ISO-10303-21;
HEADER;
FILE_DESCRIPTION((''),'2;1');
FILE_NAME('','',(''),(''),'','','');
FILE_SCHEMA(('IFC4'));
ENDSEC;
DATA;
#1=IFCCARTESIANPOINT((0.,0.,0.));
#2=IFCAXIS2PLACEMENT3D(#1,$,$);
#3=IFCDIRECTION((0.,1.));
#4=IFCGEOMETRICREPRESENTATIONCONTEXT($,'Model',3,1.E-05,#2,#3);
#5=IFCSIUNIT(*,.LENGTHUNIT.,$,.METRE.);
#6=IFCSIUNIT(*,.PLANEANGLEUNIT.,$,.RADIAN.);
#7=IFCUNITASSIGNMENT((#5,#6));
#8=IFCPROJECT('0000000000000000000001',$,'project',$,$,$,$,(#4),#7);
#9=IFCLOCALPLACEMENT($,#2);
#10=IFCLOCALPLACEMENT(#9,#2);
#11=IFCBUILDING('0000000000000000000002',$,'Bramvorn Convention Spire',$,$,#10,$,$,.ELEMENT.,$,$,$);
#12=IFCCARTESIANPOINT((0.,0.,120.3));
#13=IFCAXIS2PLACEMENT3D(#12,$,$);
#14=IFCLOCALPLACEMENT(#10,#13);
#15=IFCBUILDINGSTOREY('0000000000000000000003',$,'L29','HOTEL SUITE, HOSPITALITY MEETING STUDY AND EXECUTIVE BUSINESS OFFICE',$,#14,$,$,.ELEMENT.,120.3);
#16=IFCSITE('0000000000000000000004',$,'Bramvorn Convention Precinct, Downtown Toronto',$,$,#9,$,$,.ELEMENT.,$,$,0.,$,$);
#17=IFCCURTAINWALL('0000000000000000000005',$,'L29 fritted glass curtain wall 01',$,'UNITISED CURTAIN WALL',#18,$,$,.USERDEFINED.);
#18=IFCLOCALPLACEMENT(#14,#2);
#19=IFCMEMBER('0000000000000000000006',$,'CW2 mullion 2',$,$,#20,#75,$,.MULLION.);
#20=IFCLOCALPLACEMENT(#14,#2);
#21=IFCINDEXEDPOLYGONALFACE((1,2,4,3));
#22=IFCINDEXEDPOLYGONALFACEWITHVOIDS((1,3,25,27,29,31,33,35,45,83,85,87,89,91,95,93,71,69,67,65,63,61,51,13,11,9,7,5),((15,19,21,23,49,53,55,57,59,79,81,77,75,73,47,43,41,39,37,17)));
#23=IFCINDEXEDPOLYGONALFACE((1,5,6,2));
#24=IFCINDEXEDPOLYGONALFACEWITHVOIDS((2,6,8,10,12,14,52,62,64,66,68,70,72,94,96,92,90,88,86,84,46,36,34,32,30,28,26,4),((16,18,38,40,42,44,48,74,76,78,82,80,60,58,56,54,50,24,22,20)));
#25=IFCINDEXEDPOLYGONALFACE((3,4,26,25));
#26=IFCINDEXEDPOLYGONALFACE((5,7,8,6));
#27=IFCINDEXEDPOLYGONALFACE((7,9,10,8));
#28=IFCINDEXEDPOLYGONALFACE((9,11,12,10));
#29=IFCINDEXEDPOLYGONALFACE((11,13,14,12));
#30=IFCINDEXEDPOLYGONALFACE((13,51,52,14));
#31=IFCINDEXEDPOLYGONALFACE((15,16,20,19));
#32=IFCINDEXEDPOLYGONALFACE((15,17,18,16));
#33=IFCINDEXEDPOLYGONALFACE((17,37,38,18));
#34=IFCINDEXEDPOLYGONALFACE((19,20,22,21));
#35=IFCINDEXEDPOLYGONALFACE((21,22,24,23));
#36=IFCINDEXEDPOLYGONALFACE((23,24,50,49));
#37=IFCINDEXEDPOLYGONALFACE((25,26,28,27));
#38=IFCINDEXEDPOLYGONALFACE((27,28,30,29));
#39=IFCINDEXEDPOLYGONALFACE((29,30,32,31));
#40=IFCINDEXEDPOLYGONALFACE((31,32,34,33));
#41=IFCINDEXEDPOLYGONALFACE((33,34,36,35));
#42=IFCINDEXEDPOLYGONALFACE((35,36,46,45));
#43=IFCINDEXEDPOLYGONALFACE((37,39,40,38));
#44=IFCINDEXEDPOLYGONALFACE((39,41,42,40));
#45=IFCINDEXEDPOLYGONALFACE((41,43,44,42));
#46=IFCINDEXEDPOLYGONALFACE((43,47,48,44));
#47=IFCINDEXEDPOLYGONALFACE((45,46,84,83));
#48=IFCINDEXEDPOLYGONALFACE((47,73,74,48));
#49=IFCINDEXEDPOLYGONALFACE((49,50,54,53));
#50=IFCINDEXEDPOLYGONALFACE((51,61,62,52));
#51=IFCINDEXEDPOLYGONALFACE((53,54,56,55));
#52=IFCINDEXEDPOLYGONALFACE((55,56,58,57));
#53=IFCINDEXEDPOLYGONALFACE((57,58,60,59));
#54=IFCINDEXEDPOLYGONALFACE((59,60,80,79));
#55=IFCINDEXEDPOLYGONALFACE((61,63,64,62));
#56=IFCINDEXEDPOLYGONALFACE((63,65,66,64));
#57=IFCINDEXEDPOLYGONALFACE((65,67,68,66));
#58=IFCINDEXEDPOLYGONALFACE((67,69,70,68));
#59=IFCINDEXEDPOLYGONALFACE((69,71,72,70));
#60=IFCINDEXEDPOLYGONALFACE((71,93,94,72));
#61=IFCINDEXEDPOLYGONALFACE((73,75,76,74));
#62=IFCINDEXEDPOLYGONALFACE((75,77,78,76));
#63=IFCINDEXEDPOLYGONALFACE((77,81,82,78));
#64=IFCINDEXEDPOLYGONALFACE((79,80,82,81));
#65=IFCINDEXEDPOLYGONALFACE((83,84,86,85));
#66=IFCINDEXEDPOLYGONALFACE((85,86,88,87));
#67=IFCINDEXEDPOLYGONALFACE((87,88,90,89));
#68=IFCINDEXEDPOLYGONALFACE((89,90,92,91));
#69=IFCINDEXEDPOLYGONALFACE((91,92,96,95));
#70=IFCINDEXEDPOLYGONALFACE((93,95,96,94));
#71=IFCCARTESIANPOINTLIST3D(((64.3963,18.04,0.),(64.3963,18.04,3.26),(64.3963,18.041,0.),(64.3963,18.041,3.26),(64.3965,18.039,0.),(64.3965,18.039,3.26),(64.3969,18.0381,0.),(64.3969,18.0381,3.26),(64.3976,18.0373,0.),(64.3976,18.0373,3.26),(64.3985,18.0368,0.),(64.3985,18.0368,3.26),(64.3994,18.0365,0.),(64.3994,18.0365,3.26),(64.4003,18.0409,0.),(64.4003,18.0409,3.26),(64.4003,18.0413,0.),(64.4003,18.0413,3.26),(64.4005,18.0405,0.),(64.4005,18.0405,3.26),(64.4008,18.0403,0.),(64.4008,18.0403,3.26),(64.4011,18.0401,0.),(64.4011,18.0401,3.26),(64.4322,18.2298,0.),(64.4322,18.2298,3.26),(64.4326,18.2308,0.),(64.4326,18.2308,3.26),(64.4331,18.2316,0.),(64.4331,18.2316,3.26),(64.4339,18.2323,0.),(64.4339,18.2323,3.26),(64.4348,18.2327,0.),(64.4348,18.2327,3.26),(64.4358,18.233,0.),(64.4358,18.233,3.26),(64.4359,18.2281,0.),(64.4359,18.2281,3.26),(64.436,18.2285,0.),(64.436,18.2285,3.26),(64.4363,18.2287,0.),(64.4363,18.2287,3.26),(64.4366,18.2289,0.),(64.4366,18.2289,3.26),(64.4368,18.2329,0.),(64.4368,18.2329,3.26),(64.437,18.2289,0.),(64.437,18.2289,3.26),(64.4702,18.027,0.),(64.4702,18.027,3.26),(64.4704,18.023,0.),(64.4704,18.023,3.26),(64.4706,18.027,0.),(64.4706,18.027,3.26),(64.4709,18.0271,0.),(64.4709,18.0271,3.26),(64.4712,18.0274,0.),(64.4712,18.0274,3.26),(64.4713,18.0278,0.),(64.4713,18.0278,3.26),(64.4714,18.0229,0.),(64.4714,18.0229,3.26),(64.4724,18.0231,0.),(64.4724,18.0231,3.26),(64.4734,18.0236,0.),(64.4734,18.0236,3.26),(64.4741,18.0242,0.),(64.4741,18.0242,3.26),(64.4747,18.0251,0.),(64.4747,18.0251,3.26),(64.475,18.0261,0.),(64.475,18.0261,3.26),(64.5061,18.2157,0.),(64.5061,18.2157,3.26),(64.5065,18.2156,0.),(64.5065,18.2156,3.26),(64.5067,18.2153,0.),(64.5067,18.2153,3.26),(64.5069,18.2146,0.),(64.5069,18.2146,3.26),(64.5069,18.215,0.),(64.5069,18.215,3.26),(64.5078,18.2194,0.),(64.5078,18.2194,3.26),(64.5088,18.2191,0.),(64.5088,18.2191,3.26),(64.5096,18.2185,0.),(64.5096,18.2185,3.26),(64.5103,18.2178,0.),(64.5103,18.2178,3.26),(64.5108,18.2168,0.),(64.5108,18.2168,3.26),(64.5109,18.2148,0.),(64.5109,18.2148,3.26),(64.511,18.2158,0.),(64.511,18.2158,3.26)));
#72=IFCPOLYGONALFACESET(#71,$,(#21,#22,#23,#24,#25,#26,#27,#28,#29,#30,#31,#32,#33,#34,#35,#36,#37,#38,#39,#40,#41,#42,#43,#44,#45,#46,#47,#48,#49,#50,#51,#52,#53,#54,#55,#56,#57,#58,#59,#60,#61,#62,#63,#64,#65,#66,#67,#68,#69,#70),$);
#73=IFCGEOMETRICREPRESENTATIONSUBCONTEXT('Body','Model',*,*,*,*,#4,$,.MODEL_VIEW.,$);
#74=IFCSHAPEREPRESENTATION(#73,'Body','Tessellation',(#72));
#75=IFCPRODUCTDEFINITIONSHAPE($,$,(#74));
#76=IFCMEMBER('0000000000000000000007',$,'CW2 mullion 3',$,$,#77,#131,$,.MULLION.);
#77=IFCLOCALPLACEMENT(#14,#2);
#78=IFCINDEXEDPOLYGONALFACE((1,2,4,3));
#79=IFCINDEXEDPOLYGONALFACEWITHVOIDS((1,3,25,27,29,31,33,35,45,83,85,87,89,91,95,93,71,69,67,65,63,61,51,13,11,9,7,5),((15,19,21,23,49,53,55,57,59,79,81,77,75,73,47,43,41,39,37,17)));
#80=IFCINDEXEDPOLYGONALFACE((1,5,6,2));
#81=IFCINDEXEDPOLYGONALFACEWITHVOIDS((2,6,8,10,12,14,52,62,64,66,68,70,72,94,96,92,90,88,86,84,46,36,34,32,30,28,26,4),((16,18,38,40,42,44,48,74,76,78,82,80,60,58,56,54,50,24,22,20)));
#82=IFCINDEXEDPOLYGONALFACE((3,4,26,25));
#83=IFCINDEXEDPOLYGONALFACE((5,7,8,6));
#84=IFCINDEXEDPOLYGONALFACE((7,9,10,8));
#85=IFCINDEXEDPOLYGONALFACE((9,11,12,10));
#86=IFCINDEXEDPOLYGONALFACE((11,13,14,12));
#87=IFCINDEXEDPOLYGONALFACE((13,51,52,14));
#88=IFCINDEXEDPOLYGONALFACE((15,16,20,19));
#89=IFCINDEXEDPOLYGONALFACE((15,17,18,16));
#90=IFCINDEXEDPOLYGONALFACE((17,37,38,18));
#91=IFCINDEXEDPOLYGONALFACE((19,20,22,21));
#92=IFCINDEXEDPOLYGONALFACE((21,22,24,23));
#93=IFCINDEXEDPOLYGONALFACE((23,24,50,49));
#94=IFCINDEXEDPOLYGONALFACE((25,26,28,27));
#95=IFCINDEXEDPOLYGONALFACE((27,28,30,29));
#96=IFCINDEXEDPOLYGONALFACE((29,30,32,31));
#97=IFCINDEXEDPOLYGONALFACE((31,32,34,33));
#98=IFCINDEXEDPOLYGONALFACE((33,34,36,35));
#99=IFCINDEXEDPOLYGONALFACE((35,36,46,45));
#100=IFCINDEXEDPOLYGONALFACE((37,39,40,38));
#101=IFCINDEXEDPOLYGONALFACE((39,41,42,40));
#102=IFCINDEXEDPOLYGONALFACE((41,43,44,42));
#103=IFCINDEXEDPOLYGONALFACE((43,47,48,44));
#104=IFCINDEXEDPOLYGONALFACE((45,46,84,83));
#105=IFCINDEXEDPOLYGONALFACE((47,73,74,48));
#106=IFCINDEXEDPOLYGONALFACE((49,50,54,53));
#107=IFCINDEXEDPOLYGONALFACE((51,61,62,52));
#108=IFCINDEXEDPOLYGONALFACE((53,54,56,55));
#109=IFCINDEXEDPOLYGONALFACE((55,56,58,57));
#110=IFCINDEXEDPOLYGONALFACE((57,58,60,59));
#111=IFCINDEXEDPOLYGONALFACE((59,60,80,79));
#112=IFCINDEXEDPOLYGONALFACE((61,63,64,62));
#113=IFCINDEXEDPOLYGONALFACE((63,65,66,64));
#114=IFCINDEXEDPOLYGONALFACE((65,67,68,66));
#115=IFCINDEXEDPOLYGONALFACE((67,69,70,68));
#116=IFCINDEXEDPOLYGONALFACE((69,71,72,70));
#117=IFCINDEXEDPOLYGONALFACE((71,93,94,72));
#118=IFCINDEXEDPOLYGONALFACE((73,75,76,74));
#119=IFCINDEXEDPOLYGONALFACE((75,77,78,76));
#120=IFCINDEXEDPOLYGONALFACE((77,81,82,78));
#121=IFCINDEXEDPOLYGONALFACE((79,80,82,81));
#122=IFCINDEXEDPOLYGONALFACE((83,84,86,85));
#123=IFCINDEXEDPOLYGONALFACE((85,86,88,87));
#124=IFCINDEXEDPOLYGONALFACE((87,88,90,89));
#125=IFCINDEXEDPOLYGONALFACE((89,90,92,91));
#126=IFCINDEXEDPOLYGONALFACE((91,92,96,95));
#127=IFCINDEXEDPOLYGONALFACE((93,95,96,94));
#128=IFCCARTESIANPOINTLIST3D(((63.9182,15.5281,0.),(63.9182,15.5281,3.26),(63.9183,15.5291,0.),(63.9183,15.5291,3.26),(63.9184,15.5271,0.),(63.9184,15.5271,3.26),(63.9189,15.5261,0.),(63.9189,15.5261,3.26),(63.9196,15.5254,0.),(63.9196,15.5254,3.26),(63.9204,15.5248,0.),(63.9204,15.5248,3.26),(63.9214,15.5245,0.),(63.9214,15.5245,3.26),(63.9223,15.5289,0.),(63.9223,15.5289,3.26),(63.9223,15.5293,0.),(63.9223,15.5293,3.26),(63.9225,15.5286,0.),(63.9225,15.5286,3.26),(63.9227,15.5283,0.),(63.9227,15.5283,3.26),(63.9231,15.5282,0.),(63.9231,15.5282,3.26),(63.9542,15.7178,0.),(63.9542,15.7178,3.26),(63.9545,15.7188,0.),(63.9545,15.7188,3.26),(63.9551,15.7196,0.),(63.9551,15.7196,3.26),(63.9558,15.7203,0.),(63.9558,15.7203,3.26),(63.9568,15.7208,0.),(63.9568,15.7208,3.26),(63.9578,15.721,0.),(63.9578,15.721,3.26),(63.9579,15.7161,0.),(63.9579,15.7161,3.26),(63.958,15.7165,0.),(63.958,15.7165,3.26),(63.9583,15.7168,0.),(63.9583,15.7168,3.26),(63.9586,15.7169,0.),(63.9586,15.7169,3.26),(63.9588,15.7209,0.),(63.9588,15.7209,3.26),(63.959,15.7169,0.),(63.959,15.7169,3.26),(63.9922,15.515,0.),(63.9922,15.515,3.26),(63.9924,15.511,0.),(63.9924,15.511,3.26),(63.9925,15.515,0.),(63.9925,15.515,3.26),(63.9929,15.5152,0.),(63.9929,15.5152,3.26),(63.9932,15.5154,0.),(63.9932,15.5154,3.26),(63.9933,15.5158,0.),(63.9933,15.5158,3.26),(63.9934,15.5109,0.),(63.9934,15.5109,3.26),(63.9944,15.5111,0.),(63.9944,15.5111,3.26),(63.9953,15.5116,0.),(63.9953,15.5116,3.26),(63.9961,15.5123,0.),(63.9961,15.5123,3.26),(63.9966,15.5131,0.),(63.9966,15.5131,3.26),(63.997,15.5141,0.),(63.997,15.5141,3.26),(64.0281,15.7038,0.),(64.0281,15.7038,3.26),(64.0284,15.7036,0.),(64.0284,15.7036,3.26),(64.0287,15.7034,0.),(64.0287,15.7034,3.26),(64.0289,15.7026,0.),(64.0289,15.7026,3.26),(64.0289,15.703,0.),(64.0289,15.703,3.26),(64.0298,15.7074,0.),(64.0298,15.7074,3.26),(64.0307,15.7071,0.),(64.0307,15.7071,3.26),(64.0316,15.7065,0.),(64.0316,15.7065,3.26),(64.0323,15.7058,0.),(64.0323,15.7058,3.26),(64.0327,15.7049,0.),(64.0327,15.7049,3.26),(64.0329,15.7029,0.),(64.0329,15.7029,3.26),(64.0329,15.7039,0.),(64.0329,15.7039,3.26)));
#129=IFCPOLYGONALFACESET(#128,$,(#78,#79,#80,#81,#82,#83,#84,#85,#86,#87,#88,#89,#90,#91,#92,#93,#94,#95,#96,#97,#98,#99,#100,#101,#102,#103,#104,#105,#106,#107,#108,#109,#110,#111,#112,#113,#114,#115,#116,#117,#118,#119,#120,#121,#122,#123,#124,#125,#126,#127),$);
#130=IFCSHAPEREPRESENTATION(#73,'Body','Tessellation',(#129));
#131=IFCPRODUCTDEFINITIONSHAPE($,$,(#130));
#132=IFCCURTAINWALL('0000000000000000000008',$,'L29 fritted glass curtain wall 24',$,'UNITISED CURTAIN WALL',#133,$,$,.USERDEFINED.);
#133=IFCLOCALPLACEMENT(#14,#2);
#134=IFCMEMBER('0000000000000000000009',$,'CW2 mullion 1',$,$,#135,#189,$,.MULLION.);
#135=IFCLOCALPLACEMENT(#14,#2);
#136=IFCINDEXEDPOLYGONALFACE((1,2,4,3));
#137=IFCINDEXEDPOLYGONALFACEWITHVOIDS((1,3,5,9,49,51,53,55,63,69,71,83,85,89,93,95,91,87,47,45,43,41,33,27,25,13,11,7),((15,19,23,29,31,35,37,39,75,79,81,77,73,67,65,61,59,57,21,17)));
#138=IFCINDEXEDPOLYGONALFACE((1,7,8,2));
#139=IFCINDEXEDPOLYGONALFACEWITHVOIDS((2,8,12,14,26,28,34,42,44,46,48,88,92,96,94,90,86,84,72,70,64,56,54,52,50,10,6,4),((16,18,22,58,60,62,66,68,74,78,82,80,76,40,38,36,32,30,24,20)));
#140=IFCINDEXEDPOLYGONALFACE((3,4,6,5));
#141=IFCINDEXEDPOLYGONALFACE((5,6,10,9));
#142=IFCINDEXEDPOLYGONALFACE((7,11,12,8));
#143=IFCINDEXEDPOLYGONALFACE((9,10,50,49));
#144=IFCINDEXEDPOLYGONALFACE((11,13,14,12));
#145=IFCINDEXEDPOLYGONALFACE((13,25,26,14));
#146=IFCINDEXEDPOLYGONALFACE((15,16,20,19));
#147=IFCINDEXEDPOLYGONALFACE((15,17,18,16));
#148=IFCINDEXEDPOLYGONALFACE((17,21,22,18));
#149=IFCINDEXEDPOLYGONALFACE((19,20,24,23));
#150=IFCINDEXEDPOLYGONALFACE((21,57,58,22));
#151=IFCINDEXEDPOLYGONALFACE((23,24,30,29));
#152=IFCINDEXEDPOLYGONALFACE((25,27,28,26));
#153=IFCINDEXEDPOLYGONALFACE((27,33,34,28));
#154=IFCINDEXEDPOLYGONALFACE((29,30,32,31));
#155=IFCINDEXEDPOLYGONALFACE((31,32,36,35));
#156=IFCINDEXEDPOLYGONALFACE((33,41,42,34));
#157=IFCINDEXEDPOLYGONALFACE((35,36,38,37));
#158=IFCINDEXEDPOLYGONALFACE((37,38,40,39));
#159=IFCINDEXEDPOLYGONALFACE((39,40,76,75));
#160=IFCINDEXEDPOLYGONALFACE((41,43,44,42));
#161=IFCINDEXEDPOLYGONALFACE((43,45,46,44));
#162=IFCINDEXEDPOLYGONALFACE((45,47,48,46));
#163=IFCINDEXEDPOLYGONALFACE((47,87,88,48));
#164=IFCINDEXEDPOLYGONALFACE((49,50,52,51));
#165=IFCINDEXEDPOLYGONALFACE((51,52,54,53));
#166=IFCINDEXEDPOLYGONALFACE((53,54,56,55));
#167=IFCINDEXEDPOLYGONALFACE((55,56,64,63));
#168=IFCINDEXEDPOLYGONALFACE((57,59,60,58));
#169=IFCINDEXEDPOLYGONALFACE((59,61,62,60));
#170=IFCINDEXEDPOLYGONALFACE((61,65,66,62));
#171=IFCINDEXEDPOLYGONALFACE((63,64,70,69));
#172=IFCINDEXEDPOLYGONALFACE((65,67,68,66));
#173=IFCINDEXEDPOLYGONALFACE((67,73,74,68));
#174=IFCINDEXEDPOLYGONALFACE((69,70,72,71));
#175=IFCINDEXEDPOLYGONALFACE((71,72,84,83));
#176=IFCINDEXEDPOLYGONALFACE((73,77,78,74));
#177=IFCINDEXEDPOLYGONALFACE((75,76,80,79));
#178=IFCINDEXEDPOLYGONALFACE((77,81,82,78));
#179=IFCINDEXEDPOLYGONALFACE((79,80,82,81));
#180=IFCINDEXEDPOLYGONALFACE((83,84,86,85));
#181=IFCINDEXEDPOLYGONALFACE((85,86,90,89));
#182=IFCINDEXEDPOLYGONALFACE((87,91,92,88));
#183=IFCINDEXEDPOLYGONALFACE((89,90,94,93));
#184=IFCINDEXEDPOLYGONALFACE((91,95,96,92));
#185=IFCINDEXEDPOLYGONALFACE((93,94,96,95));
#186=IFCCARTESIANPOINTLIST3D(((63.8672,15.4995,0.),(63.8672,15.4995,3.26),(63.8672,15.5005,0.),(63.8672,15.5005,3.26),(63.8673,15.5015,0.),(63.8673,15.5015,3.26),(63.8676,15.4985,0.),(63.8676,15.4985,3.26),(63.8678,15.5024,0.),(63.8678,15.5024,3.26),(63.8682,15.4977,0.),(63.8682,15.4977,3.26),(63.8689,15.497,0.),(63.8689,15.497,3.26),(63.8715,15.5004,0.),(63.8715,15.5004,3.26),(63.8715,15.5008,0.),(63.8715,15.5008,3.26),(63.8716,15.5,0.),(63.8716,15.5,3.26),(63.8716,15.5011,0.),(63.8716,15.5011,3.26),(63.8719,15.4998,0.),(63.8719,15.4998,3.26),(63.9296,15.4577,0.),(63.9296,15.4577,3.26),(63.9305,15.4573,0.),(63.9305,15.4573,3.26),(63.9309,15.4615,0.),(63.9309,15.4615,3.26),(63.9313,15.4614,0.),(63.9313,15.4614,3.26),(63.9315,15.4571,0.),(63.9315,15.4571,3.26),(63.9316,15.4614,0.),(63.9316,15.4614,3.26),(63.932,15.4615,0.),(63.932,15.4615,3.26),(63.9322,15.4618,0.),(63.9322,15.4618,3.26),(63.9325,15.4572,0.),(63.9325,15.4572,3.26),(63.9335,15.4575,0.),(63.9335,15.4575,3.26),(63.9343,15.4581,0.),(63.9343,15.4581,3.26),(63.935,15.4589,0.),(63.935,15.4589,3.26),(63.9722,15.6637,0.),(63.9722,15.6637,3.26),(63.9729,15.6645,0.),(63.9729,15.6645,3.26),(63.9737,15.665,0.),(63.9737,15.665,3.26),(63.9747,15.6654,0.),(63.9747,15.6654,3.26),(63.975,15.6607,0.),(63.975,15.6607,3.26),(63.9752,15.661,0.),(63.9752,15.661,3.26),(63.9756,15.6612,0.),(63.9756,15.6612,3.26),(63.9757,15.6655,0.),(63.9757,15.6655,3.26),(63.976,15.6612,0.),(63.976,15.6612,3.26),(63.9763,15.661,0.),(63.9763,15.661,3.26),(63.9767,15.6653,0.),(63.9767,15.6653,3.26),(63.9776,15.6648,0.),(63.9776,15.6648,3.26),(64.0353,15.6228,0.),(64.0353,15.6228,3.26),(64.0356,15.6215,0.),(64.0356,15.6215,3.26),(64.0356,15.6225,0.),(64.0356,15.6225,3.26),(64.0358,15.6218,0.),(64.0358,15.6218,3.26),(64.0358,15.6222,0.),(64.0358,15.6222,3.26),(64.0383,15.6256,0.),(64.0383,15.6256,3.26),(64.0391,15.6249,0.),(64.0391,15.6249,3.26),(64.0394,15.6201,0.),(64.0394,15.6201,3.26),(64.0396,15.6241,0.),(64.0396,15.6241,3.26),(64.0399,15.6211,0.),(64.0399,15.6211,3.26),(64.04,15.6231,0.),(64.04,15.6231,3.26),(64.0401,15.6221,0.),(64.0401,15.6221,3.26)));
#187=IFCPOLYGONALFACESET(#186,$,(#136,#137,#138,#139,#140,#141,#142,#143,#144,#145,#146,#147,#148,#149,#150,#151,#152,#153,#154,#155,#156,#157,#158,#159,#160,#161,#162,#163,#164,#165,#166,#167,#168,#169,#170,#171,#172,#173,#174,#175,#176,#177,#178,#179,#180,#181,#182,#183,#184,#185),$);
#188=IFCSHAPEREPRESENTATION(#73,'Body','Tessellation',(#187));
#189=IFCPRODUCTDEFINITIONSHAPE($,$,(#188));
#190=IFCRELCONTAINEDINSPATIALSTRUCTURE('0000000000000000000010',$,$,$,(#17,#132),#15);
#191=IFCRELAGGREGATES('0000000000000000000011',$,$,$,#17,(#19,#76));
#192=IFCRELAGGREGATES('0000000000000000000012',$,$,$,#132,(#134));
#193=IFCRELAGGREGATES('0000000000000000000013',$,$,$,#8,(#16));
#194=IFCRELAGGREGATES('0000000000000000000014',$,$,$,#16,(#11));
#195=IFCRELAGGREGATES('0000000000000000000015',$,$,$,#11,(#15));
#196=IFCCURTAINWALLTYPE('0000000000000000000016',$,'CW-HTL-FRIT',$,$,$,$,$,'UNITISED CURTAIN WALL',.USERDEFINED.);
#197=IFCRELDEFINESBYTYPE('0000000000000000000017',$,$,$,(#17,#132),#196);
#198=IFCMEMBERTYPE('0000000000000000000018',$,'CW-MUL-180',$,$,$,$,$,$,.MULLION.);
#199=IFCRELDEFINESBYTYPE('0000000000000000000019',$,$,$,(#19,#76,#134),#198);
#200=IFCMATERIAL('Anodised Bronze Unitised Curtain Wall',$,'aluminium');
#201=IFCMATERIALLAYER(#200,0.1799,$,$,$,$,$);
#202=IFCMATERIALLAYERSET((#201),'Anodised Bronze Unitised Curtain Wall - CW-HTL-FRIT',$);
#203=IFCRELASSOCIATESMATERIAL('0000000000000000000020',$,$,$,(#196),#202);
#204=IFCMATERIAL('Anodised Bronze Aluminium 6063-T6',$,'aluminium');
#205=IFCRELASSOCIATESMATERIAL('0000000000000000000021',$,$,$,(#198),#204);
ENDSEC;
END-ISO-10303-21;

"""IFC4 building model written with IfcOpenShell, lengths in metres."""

from ifc_helpers import new_model, si_unit, direction, frame, origin, origin_2d, place, context, subcontext, project, spatial, hollow_rectangle, extrude, material, layer, layer_set, material_profile, profile_set, type_object, element, aggregate, save


model = new_model("IFC4")

# Units and contexts
model_context = context("Model", 3, precision=1e-05, world=origin(), true_north=direction((0.0, 1.0)))
body_context = subcontext(model_context, "Body", "Model", "MODEL_VIEW")
ifc_project = project(units=[si_unit("LENGTHUNIT", "METRE"), si_unit("PLANEANGLEUNIT", "RADIAN")], contexts=[model_context])

# Site, building, storey
site_placement = place(None, origin())
site = spatial("IfcSite", under=ifc_project, at=site_placement, Name="Bramvorn Convention Precinct, Downtown Toronto", CompositionType="ELEMENT", RefElevation=0.0)
building_placement = place(site_placement, origin())
building = spatial("IfcBuilding", under=site, at=building_placement, Name="Bramvorn Convention Spire", CompositionType="ELEMENT")
storey_placement = place(building_placement, frame((0.0, 0.0, 120.3)))
storey = spatial("IfcBuildingStorey", under=building, at=storey_placement, Name="L29", Description="HOTEL SUITE, HOSPITALITY MEETING STUDY AND EXECUTIVE BUSINESS OFFICE", CompositionType="ELEMENT", Elevation=120.3)

# Curtain walls, members
ifc_material_1 = material(Name="Anodised Bronze Unitised Curtain Wall", Category="aluminium")
ifc_layer_1 = layer(ifc_material_1, 0.1799)
ifc_layer_set_1 = layer_set([ifc_layer_1], Name="Anodised Bronze Unitised Curtain Wall - CW-HTL-FRIT")
curtain_wall_type = type_object("IfcCurtainWallType", Name="CW-HTL-FRIT", ElementType="UNITISED CURTAIN WALL", PredefinedType="USERDEFINED", material=ifc_layer_set_1)
curtain_wall_1_placement = place(storey_placement, origin())
curtain_wall_1 = element("IfcCurtainWall", 1, at=curtain_wall_1_placement, inside=storey, type_object=curtain_wall_type, Name="L29 fritted glass curtain wall 01", ObjectType="UNITISED CURTAIN WALL", PredefinedType="USERDEFINED")
ifc_material_2 = material(Name="Anodised Bronze Aluminium 6063-T6", Category="aluminium")
ifc_material_profile_1 = material_profile(ifc_material_2, hollow_rectangle(XDim=0.0801, YDim=0.2, WallThickness=0.0039, InnerFilletRadius=0.001, OuterFilletRadius=0.0039, at=origin_2d()))
ifc_profile_set_1 = profile_set([ifc_material_profile_1], Name="Anodised Bronze Aluminium 6063-T6 - CWM80X200")
member_type_1 = type_object("IfcMemberType", Name="CW-MUL-180", PredefinedType="MULLION", material=ifc_profile_set_1)
member_1_placement = place(storey_placement, frame((64.4536, 18.1279, 0.0), z_axis=(0.0, 0.0, 1.0), x_axis=(0.982382, -0.186887, 0.0)))
member_1 = element("IfcMember", 2, at=member_1_placement, type_object=member_type_1, Name="CW2 mullion 2", PredefinedType="MULLION", context=body_context, shape_type="SweptSolid", body=[
    extrude(hollow_rectangle(XDim=0.0801, YDim=0.2, WallThickness=0.0039, InnerFilletRadius=0.001, OuterFilletRadius=0.0039, at=origin_2d()), origin(), (0.0, 0.0, 1.0), 3.26),
])
member_2_placement = place(storey_placement, frame((63.9756, 15.616, 0.0), z_axis=(0.0, 0.0, 1.0), x_axis=(0.982382, -0.186887, 0.0)))
member_2 = element("IfcMember", 3, at=member_2_placement, type_object=member_type_1, Name="CW2 mullion 3", PredefinedType="MULLION", context=body_context, shape_type="SweptSolid", body=[
    extrude(hollow_rectangle(XDim=0.0801, YDim=0.2, WallThickness=0.0039, InnerFilletRadius=0.001, OuterFilletRadius=0.0039, at=origin_2d()), origin(), (0.0, 0.0, 1.0), 3.26),
])
curtain_wall_2_placement = place(storey_placement, origin())
curtain_wall_2 = element("IfcCurtainWall", 4, at=curtain_wall_2_placement, inside=storey, type_object=curtain_wall_type, Name="L29 fritted glass curtain wall 24", ObjectType="UNITISED CURTAIN WALL", PredefinedType="USERDEFINED")
member_3_placement = place(storey_placement, frame((63.9536, 15.5613, 0.0), z_axis=(0.0, 0.0, 1.0), x_axis=(0.839345, -0.5436, 0.0)))
member_3 = element("IfcMember", 5, at=member_3_placement, type_object=member_type_1, Name="CW2 mullion 1", PredefinedType="MULLION", context=body_context, shape_type="SweptSolid", body=[
    extrude(hollow_rectangle(XDim=0.0801, YDim=0.2, WallThickness=0.0039, InnerFilletRadius=0.001, OuterFilletRadius=0.0039, at=origin_2d()), origin(), (0.0, 0.0, 1.0), 3.26),
])

aggregate(curtain_wall_1, [member_1, member_2])
aggregate(curtain_wall_2, [member_3])

save(model, "model.ifc")
